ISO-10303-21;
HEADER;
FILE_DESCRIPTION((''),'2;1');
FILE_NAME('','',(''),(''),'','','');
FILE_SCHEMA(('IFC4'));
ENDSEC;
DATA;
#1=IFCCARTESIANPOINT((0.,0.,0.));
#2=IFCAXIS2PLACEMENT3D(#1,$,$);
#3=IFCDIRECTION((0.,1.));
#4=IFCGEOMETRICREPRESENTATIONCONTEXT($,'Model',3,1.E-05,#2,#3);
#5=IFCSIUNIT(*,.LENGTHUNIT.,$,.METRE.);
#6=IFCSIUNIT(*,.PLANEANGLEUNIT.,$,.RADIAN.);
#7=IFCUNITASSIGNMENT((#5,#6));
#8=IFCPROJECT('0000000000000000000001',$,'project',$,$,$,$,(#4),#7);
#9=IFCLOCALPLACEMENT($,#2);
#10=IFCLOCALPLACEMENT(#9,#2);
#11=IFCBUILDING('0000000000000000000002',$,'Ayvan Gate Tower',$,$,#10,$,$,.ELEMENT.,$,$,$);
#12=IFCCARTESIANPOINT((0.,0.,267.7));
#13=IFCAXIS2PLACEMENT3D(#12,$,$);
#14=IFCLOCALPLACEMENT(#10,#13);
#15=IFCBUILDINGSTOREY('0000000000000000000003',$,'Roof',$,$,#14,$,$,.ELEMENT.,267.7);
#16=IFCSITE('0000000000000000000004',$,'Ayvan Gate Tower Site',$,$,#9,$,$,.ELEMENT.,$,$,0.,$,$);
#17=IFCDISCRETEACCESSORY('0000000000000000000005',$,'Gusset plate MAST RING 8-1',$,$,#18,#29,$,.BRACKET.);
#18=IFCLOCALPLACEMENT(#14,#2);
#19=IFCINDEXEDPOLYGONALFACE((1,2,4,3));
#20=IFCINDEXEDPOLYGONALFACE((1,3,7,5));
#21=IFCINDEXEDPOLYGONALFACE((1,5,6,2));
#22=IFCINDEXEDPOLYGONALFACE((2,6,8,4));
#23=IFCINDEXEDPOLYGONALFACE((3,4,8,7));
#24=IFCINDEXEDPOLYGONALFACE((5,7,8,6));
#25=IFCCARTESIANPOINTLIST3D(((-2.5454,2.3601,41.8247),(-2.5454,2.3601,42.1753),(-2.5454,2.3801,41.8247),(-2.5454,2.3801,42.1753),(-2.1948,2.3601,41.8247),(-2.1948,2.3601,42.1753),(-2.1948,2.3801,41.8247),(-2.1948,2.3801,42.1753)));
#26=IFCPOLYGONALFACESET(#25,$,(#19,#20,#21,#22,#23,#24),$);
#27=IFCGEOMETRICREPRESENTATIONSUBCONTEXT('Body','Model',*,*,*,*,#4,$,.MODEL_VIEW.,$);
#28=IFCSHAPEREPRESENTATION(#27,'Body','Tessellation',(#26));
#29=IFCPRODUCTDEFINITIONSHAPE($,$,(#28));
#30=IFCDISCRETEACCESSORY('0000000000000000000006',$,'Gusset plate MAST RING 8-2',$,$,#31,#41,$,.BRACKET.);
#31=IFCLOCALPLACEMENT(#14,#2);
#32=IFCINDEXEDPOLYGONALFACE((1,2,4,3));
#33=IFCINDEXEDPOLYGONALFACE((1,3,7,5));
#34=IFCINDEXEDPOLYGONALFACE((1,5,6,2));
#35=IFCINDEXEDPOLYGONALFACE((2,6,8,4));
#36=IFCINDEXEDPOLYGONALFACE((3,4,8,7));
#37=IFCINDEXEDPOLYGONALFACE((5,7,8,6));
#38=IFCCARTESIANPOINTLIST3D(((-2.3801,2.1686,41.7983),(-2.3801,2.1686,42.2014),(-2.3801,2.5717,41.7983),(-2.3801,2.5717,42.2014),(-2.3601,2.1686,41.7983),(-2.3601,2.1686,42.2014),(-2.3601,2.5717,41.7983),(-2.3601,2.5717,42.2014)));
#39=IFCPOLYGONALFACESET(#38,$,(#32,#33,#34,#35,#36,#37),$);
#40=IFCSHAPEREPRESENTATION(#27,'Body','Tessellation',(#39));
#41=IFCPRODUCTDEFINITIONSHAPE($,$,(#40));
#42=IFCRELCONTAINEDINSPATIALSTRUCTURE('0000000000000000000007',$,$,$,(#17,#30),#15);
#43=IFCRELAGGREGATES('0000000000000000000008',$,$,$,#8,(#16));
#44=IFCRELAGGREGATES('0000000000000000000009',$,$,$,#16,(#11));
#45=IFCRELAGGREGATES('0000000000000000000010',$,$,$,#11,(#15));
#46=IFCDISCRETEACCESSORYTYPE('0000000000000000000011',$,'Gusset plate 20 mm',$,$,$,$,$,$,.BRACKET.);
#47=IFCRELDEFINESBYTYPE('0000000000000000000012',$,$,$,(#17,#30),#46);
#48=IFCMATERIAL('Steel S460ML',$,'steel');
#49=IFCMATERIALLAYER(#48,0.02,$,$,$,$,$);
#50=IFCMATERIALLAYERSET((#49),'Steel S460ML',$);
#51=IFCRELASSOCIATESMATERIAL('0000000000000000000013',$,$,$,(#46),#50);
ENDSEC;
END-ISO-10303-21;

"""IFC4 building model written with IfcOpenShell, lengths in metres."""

from ifc_helpers import new_model, si_unit, direction, frame, origin, origin_2d, place, context, subcontext, project, spatial, rectangle, extrude, material, layer, layer_set, type_object, element, save


model = new_model("IFC4")

# Units and contexts
model_context = context("Model", 3, precision=1e-05, world=origin(), true_north=direction((0.0, 1.0)))
body_context = subcontext(model_context, "Body", "Model", "MODEL_VIEW")
ifc_project = project(units=[si_unit("LENGTHUNIT", "METRE"), si_unit("PLANEANGLEUNIT", "RADIAN")], contexts=[model_context])

# Site, building, storey
site_placement = place(None, origin())
site = spatial("IfcSite", under=ifc_project, at=site_placement, Name="Ayvan Gate Tower Site", CompositionType="ELEMENT", RefElevation=0.0)
building_placement = place(site_placement, origin())
building = spatial("IfcBuilding", under=site, at=building_placement, Name="Ayvan Gate Tower", CompositionType="ELEMENT")
storey_placement = place(building_placement, frame((0.0, 0.0, 267.7)))
storey = spatial("IfcBuildingStorey", under=building, at=storey_placement, Name="Roof", CompositionType="ELEMENT", Elevation=267.7)

# Discrete accessories
ifc_material_1 = material(Name="Steel S460ML", Category="steel")
ifc_layer = layer(ifc_material_1, 0.02)
ifc_layer_set = layer_set([ifc_layer], Name="Steel S460ML")
discrete_accessory_type = type_object("IfcDiscreteAccessoryType", Name="Gusset plate 20 mm", PredefinedType="BRACKET", material=ifc_layer_set)
discrete_accessory_1_placement = place(storey_placement, frame((-2.3701, 2.3701, 41.8247), z_axis=(0.0, 0.0, 1.0), x_axis=(1.0, 0.0, 0.0)))
element("IfcDiscreteAccessory", 1, at=discrete_accessory_1_placement, inside=storey, type_object=discrete_accessory_type, Name="Gusset plate MAST RING 8-1", PredefinedType="BRACKET", context=body_context, shape_type="SweptSolid", body=[
    extrude(rectangle(XDim=0.3506, YDim=0.02, at=origin_2d()), origin(), (0.0, 0.0, 1.0), 0.3506),
])
discrete_accessory_2_placement = place(storey_placement, frame((-2.3701, 2.3701, 41.7983), z_axis=(0.0, 0.0, 1.0), x_axis=(0.0, 1.0, 0.0)))
element("IfcDiscreteAccessory", 2, at=discrete_accessory_2_placement, inside=storey, type_object=discrete_accessory_type, Name="Gusset plate MAST RING 8-2", PredefinedType="BRACKET", context=body_context, shape_type="SweptSolid", body=[
    extrude(rectangle(XDim=0.4031, YDim=0.02, at=origin_2d()), origin(), (0.0, 0.0, 1.0), 0.4031),
])

save(model, "model.ifc")
